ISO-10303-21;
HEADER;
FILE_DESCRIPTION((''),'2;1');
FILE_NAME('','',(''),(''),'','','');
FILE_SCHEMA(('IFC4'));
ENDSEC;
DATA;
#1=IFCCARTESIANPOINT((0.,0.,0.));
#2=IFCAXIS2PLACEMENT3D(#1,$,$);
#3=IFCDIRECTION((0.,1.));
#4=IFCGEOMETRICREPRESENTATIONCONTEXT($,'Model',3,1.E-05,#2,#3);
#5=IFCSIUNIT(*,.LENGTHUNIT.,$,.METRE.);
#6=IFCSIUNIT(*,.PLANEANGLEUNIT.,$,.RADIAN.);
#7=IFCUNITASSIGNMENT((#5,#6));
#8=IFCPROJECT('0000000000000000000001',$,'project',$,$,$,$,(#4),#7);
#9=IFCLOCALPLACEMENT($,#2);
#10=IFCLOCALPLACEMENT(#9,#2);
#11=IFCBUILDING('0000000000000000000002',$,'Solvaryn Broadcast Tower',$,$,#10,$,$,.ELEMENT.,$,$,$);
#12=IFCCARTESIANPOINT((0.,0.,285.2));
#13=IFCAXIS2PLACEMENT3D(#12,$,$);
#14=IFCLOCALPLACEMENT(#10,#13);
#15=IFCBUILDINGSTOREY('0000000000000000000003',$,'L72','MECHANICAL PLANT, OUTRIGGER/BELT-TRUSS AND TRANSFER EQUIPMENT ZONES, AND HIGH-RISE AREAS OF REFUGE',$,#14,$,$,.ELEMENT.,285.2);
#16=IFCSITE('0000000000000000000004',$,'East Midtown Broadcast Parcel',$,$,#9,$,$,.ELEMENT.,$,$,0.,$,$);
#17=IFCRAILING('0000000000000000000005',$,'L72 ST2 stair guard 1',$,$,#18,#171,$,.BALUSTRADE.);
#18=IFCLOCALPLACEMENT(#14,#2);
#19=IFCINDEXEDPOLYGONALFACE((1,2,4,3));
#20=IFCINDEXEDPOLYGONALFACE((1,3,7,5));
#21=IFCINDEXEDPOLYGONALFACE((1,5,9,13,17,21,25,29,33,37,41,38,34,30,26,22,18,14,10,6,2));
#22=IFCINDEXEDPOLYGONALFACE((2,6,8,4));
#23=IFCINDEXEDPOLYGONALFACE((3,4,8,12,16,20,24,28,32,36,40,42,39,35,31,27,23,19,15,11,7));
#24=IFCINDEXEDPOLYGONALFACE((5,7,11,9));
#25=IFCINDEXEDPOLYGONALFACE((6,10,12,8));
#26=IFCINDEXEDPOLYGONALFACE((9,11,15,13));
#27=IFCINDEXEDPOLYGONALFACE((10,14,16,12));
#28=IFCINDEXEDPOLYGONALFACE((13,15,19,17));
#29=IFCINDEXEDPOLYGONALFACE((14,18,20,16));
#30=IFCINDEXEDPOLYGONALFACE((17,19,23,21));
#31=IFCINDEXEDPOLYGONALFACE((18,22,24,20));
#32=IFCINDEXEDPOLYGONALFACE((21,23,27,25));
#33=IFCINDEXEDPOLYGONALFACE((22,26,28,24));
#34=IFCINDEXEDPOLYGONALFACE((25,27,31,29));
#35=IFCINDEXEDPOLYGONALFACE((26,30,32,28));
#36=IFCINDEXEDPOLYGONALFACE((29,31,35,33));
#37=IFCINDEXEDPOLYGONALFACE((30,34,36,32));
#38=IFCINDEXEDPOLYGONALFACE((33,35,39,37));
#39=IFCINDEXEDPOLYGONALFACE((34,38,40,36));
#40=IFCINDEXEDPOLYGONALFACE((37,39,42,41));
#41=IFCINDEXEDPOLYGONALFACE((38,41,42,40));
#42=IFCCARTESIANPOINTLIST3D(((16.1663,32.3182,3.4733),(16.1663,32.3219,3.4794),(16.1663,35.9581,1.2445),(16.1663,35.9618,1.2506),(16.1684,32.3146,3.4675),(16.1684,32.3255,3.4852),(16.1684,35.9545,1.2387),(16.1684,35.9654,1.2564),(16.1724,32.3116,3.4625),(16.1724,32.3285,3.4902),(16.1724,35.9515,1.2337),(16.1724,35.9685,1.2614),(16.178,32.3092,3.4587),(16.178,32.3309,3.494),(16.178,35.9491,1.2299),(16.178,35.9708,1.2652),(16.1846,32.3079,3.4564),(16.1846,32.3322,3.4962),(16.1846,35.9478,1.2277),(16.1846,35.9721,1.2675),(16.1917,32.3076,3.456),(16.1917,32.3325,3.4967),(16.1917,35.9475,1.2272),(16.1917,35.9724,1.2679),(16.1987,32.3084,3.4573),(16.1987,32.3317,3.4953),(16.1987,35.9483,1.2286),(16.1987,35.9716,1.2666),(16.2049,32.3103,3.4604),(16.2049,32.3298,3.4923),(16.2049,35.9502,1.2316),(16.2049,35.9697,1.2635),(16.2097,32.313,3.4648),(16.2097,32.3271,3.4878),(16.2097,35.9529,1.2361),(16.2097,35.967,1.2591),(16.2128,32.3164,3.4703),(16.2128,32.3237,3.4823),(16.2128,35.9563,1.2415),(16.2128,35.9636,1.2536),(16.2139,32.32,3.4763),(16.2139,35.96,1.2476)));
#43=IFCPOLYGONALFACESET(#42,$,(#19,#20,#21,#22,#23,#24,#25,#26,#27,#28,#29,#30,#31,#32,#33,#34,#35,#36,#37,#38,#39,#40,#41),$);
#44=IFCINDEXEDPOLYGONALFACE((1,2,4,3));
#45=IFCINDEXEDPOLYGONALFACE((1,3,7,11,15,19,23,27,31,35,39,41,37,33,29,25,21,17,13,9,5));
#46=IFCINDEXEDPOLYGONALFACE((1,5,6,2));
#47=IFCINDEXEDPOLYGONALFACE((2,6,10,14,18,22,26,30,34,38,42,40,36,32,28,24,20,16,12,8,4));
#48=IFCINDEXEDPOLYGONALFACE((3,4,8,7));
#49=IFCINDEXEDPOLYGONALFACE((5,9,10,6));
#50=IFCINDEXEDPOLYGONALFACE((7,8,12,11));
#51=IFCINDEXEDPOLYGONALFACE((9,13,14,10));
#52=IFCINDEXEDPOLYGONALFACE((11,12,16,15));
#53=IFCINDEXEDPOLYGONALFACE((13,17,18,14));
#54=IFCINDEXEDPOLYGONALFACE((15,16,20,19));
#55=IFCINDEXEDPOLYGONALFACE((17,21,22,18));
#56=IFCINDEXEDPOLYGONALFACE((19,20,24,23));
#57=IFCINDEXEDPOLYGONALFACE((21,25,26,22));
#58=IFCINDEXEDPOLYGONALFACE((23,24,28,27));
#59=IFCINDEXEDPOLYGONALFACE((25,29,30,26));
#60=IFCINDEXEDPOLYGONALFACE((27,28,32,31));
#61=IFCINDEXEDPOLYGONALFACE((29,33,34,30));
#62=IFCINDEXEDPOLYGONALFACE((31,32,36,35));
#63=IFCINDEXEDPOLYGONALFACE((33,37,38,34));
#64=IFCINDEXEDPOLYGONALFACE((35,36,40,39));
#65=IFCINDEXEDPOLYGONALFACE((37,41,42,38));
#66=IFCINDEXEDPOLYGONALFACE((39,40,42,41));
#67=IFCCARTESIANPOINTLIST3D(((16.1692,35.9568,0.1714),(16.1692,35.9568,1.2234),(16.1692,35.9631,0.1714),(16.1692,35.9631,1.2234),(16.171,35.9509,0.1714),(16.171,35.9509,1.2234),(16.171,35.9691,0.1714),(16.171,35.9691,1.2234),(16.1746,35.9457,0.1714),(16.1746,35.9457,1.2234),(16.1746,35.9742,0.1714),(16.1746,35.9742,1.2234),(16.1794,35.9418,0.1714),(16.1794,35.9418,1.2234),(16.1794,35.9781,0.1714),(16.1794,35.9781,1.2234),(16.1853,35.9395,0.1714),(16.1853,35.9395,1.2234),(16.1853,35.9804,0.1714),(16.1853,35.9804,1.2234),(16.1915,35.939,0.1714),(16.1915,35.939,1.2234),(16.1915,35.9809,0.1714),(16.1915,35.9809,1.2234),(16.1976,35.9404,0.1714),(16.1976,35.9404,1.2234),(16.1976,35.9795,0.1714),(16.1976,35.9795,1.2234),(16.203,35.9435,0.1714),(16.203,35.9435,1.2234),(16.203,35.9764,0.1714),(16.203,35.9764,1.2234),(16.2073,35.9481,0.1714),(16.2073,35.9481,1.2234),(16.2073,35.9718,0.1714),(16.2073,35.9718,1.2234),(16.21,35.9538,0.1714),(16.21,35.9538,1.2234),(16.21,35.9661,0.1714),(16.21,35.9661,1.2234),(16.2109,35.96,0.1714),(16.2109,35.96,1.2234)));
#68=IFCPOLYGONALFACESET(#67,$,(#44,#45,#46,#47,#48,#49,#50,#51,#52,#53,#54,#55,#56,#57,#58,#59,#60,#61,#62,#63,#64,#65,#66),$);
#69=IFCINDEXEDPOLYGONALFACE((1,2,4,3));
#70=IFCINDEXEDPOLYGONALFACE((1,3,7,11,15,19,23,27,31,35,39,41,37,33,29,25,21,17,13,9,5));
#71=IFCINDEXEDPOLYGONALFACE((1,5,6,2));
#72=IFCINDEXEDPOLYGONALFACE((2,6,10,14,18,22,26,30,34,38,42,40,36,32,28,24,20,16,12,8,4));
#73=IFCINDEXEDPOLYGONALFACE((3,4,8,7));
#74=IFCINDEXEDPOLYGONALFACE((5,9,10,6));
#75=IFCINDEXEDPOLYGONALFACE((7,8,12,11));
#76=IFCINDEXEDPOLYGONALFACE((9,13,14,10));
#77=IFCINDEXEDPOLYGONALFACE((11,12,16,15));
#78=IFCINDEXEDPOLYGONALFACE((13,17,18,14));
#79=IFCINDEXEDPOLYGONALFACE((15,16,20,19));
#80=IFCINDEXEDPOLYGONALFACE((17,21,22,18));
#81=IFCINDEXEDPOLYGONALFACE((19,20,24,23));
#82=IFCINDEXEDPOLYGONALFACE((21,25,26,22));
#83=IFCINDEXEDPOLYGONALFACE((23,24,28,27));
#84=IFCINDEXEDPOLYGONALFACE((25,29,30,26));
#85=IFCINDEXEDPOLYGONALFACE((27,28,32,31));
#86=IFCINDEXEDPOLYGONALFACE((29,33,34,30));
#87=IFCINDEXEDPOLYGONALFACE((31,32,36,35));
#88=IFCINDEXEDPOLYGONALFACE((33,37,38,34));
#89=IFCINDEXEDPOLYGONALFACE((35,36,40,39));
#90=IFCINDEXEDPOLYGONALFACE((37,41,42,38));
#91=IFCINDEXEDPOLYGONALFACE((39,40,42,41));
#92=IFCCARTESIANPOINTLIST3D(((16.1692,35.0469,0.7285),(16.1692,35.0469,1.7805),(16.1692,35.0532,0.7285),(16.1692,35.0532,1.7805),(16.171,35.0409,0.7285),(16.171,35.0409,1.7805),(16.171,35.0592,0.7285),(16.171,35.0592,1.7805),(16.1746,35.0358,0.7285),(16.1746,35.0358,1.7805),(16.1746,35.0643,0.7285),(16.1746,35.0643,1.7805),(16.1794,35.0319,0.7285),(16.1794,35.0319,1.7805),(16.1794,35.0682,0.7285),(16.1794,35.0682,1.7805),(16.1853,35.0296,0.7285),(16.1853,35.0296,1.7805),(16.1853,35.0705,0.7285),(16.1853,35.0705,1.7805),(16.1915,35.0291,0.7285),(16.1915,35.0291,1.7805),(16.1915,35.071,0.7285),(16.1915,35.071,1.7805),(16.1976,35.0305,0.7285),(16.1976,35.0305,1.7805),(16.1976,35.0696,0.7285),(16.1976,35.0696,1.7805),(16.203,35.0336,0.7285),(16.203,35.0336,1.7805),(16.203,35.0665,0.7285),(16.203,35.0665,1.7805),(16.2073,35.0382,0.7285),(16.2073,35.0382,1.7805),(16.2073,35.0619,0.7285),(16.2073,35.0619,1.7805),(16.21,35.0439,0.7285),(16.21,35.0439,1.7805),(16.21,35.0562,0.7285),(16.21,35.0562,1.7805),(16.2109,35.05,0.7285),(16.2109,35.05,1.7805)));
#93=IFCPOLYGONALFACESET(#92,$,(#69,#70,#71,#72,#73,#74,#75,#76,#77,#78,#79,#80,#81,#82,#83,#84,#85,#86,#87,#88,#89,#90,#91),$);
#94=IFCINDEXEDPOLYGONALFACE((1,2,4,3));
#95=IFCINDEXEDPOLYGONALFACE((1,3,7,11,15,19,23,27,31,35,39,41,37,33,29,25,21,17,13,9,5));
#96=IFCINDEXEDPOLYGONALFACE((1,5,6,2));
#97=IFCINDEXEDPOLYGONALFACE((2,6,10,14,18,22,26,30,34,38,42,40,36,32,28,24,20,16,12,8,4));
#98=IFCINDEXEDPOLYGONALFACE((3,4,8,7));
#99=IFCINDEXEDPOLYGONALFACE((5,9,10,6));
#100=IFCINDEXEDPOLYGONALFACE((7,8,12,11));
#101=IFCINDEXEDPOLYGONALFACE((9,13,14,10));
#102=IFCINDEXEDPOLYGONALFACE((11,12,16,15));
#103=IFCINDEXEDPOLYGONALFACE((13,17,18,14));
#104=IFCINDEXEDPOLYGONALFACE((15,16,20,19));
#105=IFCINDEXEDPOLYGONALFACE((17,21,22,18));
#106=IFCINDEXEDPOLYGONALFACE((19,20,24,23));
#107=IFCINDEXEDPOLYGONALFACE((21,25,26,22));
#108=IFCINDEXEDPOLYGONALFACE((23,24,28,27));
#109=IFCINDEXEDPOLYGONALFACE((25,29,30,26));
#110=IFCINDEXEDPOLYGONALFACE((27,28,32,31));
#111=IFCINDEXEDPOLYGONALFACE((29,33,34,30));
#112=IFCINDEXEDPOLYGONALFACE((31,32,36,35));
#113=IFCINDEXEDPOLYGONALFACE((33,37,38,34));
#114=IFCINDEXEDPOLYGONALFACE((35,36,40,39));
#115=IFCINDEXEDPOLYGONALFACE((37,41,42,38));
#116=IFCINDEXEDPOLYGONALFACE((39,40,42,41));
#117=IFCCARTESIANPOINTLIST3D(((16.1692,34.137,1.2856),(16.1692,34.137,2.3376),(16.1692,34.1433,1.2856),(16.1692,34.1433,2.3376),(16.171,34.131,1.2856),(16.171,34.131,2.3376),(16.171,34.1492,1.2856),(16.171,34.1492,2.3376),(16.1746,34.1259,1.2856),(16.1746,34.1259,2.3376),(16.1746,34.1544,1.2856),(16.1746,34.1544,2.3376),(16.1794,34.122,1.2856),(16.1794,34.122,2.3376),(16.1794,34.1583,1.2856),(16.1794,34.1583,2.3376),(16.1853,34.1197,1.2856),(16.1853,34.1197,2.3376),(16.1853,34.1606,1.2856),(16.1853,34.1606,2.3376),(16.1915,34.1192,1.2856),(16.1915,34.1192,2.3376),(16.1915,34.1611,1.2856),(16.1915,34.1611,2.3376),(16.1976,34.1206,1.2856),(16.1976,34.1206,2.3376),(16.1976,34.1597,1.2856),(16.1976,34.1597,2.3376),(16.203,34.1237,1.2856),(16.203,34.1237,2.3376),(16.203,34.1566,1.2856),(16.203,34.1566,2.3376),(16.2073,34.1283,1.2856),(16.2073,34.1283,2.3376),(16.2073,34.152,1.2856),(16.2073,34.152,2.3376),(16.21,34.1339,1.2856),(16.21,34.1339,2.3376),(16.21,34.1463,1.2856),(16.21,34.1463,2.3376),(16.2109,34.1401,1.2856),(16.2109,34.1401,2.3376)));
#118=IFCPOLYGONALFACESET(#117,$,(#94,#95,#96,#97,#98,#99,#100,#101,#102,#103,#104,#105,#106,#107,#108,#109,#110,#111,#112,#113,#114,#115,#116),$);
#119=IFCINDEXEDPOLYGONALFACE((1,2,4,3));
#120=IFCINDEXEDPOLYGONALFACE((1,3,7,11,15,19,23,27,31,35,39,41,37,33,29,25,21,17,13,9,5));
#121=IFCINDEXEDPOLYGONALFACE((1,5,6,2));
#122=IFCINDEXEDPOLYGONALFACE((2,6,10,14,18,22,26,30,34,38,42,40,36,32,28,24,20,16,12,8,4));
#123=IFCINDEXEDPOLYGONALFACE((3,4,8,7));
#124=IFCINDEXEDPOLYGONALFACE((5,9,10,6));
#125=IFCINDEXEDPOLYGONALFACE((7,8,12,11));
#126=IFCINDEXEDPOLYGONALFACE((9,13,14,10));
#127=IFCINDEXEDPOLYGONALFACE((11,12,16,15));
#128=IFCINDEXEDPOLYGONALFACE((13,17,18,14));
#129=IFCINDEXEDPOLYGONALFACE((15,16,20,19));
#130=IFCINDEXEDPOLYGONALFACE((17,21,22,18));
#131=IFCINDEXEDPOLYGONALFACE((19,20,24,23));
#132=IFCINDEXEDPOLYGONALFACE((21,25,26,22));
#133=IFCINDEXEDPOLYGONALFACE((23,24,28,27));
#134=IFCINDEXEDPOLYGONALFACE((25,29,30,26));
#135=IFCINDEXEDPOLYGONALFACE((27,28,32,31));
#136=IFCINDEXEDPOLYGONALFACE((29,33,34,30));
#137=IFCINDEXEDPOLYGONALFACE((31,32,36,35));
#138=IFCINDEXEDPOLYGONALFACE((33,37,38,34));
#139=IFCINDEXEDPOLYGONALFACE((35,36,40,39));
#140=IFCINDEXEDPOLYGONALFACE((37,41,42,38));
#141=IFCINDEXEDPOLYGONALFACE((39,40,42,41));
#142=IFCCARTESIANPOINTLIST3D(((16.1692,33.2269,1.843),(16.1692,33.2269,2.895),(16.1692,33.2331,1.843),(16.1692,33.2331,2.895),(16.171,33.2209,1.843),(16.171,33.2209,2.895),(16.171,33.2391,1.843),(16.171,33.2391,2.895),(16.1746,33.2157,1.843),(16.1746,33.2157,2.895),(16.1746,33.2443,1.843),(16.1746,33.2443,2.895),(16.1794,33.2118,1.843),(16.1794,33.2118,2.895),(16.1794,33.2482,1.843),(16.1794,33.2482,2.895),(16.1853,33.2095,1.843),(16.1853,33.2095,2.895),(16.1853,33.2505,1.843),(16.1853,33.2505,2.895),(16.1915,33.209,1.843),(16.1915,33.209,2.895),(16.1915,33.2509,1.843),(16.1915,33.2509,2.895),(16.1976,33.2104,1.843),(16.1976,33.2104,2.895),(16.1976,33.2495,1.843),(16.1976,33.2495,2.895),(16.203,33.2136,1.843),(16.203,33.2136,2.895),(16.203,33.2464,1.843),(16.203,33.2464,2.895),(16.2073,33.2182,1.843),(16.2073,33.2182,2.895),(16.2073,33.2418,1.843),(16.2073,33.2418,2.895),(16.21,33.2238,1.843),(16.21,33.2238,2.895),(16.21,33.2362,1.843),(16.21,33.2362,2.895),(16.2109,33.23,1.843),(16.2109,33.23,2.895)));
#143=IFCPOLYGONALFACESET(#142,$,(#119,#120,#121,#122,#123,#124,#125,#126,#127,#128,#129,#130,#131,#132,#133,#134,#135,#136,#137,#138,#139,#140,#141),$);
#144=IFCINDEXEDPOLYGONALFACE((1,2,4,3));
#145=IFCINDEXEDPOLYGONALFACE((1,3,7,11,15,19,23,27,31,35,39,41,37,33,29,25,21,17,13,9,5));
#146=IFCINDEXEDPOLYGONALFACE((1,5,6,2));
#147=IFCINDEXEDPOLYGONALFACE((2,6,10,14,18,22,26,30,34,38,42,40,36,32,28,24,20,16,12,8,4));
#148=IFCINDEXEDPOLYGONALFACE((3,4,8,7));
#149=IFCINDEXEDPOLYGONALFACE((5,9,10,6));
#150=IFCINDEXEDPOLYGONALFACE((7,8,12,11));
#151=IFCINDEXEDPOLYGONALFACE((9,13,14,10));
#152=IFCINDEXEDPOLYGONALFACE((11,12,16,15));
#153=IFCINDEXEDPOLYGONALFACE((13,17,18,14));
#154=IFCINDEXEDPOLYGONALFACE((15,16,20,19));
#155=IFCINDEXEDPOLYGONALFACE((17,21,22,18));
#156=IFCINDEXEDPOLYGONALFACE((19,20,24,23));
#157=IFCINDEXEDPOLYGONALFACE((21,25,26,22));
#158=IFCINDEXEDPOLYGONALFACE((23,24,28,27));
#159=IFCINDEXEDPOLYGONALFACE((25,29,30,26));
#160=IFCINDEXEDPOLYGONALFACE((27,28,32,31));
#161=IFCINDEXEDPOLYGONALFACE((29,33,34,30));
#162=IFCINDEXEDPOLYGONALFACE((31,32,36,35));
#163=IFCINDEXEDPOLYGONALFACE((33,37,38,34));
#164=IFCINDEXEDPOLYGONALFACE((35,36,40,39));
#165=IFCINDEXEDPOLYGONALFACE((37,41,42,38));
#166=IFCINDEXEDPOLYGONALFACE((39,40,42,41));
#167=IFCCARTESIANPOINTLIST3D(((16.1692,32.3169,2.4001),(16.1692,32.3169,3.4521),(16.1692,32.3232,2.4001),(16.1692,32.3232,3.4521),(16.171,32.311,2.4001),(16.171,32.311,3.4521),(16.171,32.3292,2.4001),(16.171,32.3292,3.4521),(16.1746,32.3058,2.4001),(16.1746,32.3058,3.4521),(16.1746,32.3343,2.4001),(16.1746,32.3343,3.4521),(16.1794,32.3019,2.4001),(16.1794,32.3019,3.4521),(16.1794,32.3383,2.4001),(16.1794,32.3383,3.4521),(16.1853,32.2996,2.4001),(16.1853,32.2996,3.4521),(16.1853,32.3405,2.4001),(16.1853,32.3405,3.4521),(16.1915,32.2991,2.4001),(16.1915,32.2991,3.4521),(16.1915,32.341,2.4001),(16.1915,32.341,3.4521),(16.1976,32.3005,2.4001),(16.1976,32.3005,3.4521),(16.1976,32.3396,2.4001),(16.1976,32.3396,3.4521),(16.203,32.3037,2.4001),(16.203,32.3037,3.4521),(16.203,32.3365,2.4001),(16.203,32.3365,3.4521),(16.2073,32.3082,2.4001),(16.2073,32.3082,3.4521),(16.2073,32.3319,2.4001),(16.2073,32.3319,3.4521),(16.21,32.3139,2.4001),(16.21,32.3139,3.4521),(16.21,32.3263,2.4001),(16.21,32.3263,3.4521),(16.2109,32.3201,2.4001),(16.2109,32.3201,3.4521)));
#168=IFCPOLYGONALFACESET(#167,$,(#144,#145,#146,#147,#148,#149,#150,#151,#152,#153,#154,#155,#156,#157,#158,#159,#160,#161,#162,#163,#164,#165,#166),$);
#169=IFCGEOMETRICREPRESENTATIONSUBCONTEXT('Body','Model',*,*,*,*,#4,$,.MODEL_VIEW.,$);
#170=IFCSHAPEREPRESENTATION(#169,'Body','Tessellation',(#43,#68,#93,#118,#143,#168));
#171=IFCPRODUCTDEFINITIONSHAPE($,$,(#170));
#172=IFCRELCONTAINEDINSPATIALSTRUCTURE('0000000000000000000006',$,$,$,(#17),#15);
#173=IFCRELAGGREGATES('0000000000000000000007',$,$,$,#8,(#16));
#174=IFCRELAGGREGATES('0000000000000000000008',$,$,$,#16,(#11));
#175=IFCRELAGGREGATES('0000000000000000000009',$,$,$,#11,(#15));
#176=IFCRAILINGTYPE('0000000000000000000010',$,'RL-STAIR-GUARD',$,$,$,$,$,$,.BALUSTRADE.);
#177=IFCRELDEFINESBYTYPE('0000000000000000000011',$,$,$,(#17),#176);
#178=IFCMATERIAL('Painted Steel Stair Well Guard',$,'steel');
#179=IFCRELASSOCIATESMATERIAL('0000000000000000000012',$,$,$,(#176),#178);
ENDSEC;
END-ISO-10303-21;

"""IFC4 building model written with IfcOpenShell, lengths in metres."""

from ifc_helpers import new_model, si_unit, direction, frame, origin, origin_2d, place, context, subcontext, project, spatial, circle, extrude, material, type_object, element, save


model = new_model("IFC4")

# Units and contexts
model_context = context("Model", 3, precision=1e-05, world=origin(), true_north=direction((0.0, 1.0)))
body_context = subcontext(model_context, "Body", "Model", "MODEL_VIEW")
ifc_project = project(units=[si_unit("LENGTHUNIT", "METRE"), si_unit("PLANEANGLEUNIT", "RADIAN")], contexts=[model_context])

# Site, building, storey
site_placement = place(None, origin())
site = spatial("IfcSite", under=ifc_project, at=site_placement, Name="East Midtown Broadcast Parcel", CompositionType="ELEMENT", RefElevation=0.0)
building_placement = place(site_placement, origin())
building = spatial("IfcBuilding", under=site, at=building_placement, Name="Solvaryn Broadcast Tower", CompositionType="ELEMENT")
storey_placement = place(building_placement, frame((0.0, 0.0, 285.2)))
storey = spatial("IfcBuildingStorey", under=building, at=storey_placement, Name="L72", Description="MECHANICAL PLANT, OUTRIGGER/BELT-TRUSS AND TRANSFER EQUIPMENT ZONES, AND HIGH-RISE AREAS OF REFUGE", CompositionType="ELEMENT", Elevation=285.2)

# Railing
ifc_material_1 = material(Name="Painted Steel Stair Well Guard", Category="steel")
railing_type_1 = type_object("IfcRailingType", Name="RL-STAIR-GUARD", PredefinedType="BALUSTRADE", material=ifc_material_1)
railing_1_placement = place(storey_placement, frame((16.1899, 35.96, 0.1714)))
element("IfcRailing", 1, at=railing_1_placement, inside=storey, type_object=railing_type_1, Name="L72 ST2 stair guard 1", PredefinedType="BALUSTRADE", context=body_context, shape_type="SweptSolid", body=[
    extrude(circle(Radius=0.0239, at=origin_2d()), frame((0.0, 0.0, 1.0762), z_axis=(0.0, -0.852825, 0.522197), x_axis=(1.0, 0.0, 0.0)), (0.0, 0.0, 1.0), 4.2681),
    extrude(circle(Radius=0.021, at=origin_2d()), origin(), (0.0, 0.0, 1.0), 1.052),
    extrude(circle(Radius=0.021, at=origin_2d()), frame((0.0, -0.9099, 0.5571)), (0.0, 0.0, 1.0), 1.052),
    extrude(circle(Radius=0.021, at=origin_2d()), frame((0.0, -1.8198, 1.1143)), (0.0, 0.0, 1.0), 1.052),
    extrude(circle(Radius=0.021, at=origin_2d()), frame((0.0, -2.73, 1.6716)), (0.0, 0.0, 1.0), 1.052),
    extrude(circle(Radius=0.021, at=origin_2d()), frame((0.0, -3.6399, 2.2288)), (0.0, 0.0, 1.0), 1.052),
])

save(model, "model.ifc")
